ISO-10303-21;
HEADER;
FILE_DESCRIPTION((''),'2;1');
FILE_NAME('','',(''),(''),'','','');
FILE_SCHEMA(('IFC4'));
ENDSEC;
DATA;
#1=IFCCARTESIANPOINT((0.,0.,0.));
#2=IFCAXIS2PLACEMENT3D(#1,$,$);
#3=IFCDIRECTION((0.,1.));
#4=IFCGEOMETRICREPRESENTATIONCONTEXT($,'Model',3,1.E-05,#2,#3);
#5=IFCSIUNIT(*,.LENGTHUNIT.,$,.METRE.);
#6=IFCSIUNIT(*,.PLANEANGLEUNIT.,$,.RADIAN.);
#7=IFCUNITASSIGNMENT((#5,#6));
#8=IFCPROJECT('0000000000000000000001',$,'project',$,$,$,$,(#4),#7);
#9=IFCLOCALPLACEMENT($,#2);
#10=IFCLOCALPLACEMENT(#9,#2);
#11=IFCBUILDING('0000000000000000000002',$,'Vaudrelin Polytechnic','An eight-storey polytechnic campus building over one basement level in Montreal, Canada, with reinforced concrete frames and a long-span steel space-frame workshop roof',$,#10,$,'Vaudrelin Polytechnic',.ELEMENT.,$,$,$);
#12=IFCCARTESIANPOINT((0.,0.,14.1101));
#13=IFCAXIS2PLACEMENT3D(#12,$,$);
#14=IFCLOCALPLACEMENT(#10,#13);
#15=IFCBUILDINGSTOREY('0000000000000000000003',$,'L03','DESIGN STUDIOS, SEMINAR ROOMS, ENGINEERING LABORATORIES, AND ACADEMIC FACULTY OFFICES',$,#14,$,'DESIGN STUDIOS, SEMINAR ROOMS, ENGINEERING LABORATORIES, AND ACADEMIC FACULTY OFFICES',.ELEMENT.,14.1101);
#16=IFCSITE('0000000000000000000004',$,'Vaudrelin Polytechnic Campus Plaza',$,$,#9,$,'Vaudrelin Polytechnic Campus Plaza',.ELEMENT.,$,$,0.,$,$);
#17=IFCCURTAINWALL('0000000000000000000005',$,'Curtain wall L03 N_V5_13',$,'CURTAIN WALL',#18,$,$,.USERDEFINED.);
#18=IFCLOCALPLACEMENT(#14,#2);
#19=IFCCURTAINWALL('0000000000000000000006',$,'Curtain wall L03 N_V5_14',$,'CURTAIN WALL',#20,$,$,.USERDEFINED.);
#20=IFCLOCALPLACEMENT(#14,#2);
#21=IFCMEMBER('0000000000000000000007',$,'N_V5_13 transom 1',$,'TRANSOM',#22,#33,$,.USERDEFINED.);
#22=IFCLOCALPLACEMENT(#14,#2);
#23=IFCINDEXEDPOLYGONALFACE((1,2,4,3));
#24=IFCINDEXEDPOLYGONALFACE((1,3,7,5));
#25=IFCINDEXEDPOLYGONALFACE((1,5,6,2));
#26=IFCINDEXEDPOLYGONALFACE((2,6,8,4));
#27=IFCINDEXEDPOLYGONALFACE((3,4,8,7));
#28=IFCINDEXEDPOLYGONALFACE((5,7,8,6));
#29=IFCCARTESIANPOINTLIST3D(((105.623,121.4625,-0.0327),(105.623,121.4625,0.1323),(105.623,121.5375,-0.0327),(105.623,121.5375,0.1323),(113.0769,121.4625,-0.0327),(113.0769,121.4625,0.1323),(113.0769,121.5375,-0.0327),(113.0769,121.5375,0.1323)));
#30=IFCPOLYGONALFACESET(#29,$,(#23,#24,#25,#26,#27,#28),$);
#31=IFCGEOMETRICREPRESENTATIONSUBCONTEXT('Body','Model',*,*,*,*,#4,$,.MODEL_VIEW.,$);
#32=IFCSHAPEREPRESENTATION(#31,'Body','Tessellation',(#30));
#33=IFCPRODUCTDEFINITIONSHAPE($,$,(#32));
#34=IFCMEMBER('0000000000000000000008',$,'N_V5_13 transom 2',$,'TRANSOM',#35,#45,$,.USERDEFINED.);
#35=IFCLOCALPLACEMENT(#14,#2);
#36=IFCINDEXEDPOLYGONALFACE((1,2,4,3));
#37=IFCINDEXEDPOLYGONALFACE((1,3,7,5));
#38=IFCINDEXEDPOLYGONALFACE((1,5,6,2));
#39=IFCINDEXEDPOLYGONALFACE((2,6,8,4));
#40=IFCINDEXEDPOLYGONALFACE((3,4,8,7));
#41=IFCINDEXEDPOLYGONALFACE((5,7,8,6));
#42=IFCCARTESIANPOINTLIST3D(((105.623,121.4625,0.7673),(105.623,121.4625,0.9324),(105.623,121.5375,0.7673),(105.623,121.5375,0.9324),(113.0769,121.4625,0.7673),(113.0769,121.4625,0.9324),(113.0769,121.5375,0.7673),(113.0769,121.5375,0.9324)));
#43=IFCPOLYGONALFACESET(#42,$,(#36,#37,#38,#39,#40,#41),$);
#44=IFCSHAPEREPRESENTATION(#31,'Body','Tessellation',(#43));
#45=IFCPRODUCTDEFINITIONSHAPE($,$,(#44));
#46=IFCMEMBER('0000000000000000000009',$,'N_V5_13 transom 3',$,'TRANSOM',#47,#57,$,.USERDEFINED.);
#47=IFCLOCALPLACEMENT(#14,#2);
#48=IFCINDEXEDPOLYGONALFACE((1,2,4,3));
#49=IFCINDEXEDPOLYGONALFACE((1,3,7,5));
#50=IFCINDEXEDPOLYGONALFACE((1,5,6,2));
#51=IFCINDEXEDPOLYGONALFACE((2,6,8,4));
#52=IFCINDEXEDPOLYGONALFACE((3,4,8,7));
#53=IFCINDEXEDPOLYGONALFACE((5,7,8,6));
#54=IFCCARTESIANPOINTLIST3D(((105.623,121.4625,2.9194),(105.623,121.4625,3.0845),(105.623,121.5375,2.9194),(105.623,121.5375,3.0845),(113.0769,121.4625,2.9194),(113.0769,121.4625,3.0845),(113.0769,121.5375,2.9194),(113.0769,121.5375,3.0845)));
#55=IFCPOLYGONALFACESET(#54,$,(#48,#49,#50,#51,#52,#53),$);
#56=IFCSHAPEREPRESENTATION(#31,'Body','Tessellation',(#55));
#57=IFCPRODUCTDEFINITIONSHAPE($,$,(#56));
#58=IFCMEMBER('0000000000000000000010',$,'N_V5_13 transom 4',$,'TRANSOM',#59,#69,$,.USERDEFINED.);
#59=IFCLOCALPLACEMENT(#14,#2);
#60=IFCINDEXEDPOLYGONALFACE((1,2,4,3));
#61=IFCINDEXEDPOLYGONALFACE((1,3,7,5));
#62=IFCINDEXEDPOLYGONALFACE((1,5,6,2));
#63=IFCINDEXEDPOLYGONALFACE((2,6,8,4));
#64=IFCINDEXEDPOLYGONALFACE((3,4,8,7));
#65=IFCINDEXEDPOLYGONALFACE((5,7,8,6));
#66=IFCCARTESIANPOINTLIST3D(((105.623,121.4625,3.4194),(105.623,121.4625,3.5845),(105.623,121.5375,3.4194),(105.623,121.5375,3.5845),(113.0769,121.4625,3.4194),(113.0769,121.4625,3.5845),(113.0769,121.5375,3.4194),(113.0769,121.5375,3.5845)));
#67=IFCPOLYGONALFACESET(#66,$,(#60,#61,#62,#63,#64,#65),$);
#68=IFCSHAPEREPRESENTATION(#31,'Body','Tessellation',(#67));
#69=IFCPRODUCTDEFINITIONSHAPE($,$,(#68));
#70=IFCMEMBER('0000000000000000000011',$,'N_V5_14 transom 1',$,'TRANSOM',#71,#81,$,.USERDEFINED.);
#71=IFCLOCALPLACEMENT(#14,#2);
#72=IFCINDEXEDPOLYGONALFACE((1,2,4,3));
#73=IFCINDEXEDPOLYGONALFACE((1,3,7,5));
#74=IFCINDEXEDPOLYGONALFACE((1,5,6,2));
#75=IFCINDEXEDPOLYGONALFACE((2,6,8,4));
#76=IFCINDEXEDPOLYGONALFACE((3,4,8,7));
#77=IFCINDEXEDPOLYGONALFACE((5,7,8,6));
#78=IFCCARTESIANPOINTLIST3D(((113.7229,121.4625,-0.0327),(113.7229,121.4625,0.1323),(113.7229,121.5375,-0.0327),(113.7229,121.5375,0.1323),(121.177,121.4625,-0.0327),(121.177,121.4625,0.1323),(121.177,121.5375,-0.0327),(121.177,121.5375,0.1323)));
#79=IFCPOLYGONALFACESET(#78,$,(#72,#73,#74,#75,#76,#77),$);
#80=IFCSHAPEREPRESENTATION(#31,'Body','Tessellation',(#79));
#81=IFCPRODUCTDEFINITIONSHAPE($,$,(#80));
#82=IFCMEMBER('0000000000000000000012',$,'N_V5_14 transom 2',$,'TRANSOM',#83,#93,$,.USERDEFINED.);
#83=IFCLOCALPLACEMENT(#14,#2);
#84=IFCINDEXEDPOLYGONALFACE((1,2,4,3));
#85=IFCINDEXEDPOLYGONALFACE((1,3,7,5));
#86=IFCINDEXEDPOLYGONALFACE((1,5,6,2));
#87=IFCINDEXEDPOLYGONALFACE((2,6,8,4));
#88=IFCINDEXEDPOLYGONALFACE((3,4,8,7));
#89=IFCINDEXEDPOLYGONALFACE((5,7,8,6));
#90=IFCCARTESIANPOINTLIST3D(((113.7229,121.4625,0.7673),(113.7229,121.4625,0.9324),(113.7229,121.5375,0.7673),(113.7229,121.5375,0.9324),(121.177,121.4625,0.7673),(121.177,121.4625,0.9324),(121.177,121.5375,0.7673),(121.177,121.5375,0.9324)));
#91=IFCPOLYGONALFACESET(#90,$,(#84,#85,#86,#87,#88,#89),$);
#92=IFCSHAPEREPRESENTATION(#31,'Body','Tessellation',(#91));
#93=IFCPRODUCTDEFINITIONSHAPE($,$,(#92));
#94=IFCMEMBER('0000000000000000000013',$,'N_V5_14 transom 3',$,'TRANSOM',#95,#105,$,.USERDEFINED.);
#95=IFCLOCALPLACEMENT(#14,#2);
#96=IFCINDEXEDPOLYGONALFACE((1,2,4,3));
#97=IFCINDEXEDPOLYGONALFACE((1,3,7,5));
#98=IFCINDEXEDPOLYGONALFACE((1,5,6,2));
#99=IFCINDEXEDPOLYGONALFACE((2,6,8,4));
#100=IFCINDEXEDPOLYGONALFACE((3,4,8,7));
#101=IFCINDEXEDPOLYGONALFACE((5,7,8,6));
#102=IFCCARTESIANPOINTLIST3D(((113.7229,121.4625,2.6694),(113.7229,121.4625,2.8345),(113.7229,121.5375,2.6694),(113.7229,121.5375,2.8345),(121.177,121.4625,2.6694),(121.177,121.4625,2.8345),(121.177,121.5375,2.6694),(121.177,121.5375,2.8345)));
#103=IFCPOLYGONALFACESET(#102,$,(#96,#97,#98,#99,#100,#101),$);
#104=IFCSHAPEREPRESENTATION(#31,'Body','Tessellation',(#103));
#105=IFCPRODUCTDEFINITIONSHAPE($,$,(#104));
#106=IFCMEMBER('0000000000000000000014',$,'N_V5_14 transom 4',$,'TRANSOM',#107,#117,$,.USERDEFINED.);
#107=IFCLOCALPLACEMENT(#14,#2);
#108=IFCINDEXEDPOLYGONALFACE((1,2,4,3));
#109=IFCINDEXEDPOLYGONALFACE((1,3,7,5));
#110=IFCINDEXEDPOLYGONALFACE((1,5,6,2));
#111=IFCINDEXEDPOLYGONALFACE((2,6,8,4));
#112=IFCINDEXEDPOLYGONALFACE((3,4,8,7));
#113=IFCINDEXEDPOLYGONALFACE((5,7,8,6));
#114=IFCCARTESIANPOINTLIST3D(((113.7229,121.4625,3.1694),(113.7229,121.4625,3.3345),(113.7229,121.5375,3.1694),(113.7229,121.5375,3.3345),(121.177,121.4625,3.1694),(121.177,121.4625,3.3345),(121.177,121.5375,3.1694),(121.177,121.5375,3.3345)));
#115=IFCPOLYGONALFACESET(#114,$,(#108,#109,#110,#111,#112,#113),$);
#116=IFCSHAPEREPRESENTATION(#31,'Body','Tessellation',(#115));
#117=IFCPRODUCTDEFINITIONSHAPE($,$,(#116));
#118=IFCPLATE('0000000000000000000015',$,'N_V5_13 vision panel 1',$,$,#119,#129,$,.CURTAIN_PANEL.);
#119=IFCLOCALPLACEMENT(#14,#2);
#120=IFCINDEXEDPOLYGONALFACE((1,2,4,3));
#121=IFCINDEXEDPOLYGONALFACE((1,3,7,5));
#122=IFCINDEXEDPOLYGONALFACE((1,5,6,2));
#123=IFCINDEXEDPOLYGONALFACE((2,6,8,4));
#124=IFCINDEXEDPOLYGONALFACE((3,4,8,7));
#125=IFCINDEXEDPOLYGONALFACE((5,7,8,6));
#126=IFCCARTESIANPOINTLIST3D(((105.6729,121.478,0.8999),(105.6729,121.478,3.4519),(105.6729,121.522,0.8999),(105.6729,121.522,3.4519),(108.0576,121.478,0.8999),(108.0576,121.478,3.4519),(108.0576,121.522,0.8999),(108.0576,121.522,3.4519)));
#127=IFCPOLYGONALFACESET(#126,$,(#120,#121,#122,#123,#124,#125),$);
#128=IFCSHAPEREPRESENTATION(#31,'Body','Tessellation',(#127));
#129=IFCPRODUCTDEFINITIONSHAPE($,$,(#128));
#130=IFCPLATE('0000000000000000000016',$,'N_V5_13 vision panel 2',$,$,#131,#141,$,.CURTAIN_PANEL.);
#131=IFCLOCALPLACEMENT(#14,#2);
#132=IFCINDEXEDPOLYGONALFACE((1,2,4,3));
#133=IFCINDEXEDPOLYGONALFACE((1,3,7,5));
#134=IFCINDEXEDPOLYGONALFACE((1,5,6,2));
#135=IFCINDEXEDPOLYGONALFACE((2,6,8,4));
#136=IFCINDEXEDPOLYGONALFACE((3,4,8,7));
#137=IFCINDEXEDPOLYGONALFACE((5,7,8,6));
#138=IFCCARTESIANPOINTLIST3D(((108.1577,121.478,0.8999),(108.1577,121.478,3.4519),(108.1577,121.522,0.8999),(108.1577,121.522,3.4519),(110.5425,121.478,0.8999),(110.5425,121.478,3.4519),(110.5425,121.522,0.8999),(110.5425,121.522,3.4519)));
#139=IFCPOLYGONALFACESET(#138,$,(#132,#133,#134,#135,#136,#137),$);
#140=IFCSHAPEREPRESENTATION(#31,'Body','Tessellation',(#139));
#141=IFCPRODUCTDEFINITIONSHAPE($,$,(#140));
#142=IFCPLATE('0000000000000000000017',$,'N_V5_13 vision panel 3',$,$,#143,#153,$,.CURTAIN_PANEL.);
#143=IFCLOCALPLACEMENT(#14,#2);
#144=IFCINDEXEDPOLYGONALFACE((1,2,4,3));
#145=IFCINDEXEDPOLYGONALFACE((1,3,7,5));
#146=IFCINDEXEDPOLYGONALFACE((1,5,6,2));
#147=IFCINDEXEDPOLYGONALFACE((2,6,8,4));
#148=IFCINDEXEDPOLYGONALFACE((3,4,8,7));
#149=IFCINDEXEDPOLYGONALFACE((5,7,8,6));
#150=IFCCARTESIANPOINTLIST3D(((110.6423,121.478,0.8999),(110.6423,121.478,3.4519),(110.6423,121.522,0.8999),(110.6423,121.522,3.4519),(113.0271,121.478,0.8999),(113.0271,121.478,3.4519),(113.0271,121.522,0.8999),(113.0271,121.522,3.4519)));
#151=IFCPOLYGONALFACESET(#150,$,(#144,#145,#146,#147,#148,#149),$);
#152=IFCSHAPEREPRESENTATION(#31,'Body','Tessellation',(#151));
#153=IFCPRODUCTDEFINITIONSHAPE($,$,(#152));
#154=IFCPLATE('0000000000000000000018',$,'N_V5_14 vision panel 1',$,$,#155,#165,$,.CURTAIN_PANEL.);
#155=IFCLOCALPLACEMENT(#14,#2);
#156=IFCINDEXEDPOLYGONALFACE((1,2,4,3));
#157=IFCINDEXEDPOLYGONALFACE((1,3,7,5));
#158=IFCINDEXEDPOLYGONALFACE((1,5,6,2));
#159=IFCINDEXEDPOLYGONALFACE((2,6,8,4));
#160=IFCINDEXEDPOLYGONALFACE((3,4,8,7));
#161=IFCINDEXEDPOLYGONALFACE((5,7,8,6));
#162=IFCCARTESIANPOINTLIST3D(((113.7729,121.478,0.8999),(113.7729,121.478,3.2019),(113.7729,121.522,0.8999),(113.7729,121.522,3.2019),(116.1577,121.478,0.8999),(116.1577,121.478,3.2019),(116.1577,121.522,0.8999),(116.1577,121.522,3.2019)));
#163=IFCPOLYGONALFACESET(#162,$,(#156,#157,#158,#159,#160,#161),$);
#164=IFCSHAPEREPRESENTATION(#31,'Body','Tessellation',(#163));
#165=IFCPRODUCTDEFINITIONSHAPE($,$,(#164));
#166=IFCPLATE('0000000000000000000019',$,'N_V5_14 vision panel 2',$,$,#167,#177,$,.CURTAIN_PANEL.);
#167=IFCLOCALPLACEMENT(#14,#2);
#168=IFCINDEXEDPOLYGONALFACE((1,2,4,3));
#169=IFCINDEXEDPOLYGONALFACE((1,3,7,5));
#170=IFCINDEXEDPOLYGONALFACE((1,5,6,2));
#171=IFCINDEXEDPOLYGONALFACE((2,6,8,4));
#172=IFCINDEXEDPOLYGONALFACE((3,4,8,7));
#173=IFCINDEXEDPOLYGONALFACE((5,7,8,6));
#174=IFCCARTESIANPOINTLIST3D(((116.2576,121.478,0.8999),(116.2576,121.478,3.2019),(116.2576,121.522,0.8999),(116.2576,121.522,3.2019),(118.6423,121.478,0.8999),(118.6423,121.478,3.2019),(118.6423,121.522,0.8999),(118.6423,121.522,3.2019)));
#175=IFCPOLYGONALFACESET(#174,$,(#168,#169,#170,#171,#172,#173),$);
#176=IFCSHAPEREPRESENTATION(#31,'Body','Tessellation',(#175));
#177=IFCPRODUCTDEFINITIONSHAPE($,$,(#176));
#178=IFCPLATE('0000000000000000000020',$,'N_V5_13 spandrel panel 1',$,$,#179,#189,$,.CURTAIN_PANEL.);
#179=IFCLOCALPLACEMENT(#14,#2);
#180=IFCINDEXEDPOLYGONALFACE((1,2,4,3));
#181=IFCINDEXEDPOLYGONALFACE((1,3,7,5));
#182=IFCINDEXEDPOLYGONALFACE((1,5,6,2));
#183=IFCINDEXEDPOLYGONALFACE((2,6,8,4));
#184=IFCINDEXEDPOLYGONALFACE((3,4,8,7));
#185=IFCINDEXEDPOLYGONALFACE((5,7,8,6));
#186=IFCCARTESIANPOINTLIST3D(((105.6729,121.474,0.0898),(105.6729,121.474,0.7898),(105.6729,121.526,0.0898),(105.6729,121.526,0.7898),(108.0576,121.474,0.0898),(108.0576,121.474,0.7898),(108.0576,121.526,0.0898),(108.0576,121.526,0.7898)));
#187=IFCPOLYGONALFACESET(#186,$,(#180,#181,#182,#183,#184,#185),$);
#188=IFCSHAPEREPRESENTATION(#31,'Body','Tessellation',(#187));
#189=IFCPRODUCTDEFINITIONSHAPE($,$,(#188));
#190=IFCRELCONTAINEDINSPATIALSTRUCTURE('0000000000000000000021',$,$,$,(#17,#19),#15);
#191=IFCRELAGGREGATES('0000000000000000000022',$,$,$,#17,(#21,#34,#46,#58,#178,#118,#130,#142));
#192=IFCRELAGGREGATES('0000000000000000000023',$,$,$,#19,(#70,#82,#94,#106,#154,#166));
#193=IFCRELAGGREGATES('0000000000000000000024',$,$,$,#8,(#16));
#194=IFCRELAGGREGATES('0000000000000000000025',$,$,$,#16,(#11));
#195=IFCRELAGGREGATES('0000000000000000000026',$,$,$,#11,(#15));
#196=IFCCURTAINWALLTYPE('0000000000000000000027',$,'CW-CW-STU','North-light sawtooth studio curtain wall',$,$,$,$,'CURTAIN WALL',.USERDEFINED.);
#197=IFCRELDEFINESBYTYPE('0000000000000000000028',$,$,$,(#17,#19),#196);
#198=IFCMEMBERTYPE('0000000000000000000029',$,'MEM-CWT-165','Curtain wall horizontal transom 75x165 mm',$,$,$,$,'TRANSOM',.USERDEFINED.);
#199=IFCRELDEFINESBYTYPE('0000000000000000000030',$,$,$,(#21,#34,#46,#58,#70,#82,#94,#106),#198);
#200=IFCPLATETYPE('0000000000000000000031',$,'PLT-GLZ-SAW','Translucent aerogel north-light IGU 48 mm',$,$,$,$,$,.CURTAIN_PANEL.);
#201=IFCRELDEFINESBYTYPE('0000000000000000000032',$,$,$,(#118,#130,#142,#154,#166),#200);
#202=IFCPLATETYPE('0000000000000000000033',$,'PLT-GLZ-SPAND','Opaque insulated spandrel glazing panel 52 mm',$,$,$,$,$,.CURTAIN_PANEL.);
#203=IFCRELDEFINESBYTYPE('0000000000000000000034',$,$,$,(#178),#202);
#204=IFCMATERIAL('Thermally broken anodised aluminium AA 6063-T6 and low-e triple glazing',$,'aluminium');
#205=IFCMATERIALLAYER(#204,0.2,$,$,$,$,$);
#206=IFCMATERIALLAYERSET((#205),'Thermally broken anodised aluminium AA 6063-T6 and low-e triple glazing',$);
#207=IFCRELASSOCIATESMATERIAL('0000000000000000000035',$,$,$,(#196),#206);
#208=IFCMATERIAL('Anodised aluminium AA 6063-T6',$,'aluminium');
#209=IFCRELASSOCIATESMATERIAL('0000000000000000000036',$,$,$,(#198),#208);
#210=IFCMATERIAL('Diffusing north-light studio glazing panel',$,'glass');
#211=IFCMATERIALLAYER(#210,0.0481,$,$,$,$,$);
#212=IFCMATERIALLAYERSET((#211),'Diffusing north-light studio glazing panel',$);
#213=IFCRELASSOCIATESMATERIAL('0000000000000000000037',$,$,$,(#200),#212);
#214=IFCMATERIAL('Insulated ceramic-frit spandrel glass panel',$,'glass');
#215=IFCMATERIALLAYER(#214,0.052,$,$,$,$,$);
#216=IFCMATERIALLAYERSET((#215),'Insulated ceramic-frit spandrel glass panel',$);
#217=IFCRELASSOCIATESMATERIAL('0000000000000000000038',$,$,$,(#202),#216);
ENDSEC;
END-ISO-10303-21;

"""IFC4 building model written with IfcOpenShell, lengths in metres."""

from ifc_helpers import new_model, si_unit, direction, frame, origin, origin_2d, place, context, subcontext, project, spatial, rectangle, extrude, material, layer, layer_set, material_profile, profile_set, type_object, element, aggregate, save


model = new_model("IFC4")

# Units and contexts
model_context = context("Model", 3, precision=1e-05, world=origin(), true_north=direction((0.0, 1.0)))
body_context = subcontext(model_context, "Body", "Model", "MODEL_VIEW")
ifc_project = project(units=[si_unit("LENGTHUNIT", "METRE"), si_unit("PLANEANGLEUNIT", "RADIAN")], contexts=[model_context])

# Site, building, storey
site_placement = place(None, origin())
site = spatial("IfcSite", under=ifc_project, at=site_placement, Name="Vaudrelin Polytechnic Campus Plaza", LongName="Vaudrelin Polytechnic Campus Plaza", CompositionType="ELEMENT", RefElevation=0.0)
building_placement = place(site_placement, origin())
building = spatial("IfcBuilding", under=site, at=building_placement, Name="Vaudrelin Polytechnic", Description="An eight-storey polytechnic campus building over one basement level in Montreal, Canada, with reinforced concrete frames and a long-span steel space-frame workshop roof", LongName="Vaudrelin Polytechnic", CompositionType="ELEMENT")
storey_placement = place(building_placement, frame((0.0, 0.0, 14.1101)))
storey = spatial("IfcBuildingStorey", under=building, at=storey_placement, Name="L03", Description="DESIGN STUDIOS, SEMINAR ROOMS, ENGINEERING LABORATORIES, AND ACADEMIC FACULTY OFFICES", LongName="DESIGN STUDIOS, SEMINAR ROOMS, ENGINEERING LABORATORIES, AND ACADEMIC FACULTY OFFICES", CompositionType="ELEMENT", Elevation=14.1101)

# Curtain walls
ifc_material_1 = material(Name="Thermally broken anodised aluminium AA 6063-T6 and low-e triple glazing", Category="aluminium")
ifc_layer_1 = layer(ifc_material_1, 0.2)
ifc_layer_set_1 = layer_set([ifc_layer_1], Name="Thermally broken anodised aluminium AA 6063-T6 and low-e triple glazing")
curtain_wall_type = type_object("IfcCurtainWallType", Name="CW-CW-STU", Description="North-light sawtooth studio curtain wall", ElementType="CURTAIN WALL", PredefinedType="USERDEFINED", material=ifc_layer_set_1)
curtain_wall_1_placement = place(storey_placement, origin())
curtain_wall_1 = element("IfcCurtainWall", 1, at=curtain_wall_1_placement, inside=storey, type_object=curtain_wall_type, Name="Curtain wall L03 N_V5_13", ObjectType="CURTAIN WALL", PredefinedType="USERDEFINED")
ifc_material_2 = material(Name="Anodised aluminium AA 6063-T6", Category="aluminium")
curtain_wall_2_placement = place(storey_placement, origin())
curtain_wall_2 = element("IfcCurtainWall", 2, at=curtain_wall_2_placement, inside=storey, type_object=curtain_wall_type, Name="Curtain wall L03 N_V5_14", ObjectType="CURTAIN WALL", PredefinedType="USERDEFINED")

# Members
ifc_material_profile_1 = material_profile(ifc_material_2, rectangle(XDim=0.075, YDim=0.165, at=origin_2d()), Name="CWT-75x165")
ifc_profile_set_1 = profile_set([ifc_material_profile_1], Name="Anodised aluminium AA 6063-T6")
member_type_1 = type_object("IfcMemberType", Name="MEM-CWT-165", Description="Curtain wall horizontal transom 75x165 mm", ElementType="TRANSOM", PredefinedType="USERDEFINED", material=ifc_profile_set_1)
member_1_placement = place(storey_placement, frame((105.623, 121.5, 0.0498), z_axis=(1.0, 0.0, 0.0), x_axis=(0.0, 1.0, 0.0)))
member_1 = element("IfcMember", 3, at=member_1_placement, type_object=member_type_1, Name="N_V5_13 transom 1", ObjectType="TRANSOM", PredefinedType="USERDEFINED", context=body_context, shape_type="SweptSolid", body=[
    extrude(rectangle(XDim=0.075, YDim=0.165, at=origin_2d()), origin(), (0.0, 0.0, 1.0), 7.4539),
])
member_2_placement = place(storey_placement, frame((105.623, 121.5, 0.8499), z_axis=(1.0, 0.0, 0.0), x_axis=(0.0, 1.0, 0.0)))
member_2 = element("IfcMember", 4, at=member_2_placement, type_object=member_type_1, Name="N_V5_13 transom 2", ObjectType="TRANSOM", PredefinedType="USERDEFINED", context=body_context, shape_type="SweptSolid", body=[
    extrude(rectangle(XDim=0.075, YDim=0.165, at=origin_2d()), origin(), (0.0, 0.0, 1.0), 7.4539),
])
member_3_placement = place(storey_placement, frame((105.623, 121.5, 3.002), z_axis=(1.0, 0.0, 0.0), x_axis=(0.0, 1.0, 0.0)))
member_3 = element("IfcMember", 5, at=member_3_placement, type_object=member_type_1, Name="N_V5_13 transom 3", ObjectType="TRANSOM", PredefinedType="USERDEFINED", context=body_context, shape_type="SweptSolid", body=[
    extrude(rectangle(XDim=0.075, YDim=0.165, at=origin_2d()), origin(), (0.0, 0.0, 1.0), 7.4539),
])
member_4_placement = place(storey_placement, frame((105.623, 121.5, 3.502), z_axis=(1.0, 0.0, 0.0), x_axis=(0.0, 1.0, 0.0)))
member_4 = element("IfcMember", 6, at=member_4_placement, type_object=member_type_1, Name="N_V5_13 transom 4", ObjectType="TRANSOM", PredefinedType="USERDEFINED", context=body_context, shape_type="SweptSolid", body=[
    extrude(rectangle(XDim=0.075, YDim=0.165, at=origin_2d()), origin(), (0.0, 0.0, 1.0), 7.4539),
])
member_5_placement = place(storey_placement, frame((113.7229, 121.5, 0.0498), z_axis=(1.0, 0.0, 0.0), x_axis=(0.0, 1.0, 0.0)))
member_5 = element("IfcMember", 7, at=member_5_placement, type_object=member_type_1, Name="N_V5_14 transom 1", ObjectType="TRANSOM", PredefinedType="USERDEFINED", context=body_context, shape_type="SweptSolid", body=[
    extrude(rectangle(XDim=0.075, YDim=0.165, at=origin_2d()), origin(), (0.0, 0.0, 1.0), 7.4541),
])
member_6_placement = place(storey_placement, frame((113.7229, 121.5, 0.8499), z_axis=(1.0, 0.0, 0.0), x_axis=(0.0, 1.0, 0.0)))
member_6 = element("IfcMember", 8, at=member_6_placement, type_object=member_type_1, Name="N_V5_14 transom 2", ObjectType="TRANSOM", PredefinedType="USERDEFINED", context=body_context, shape_type="SweptSolid", body=[
    extrude(rectangle(XDim=0.075, YDim=0.165, at=origin_2d()), origin(), (0.0, 0.0, 1.0), 7.4541),
])
member_7_placement = place(storey_placement, frame((113.7229, 121.5, 2.752), z_axis=(1.0, 0.0, 0.0), x_axis=(0.0, 1.0, 0.0)))
member_7 = element("IfcMember", 9, at=member_7_placement, type_object=member_type_1, Name="N_V5_14 transom 3", ObjectType="TRANSOM", PredefinedType="USERDEFINED", context=body_context, shape_type="SweptSolid", body=[
    extrude(rectangle(XDim=0.075, YDim=0.165, at=origin_2d()), origin(), (0.0, 0.0, 1.0), 7.4541),
])
member_8_placement = place(storey_placement, frame((113.7229, 121.5, 3.252), z_axis=(1.0, 0.0, 0.0), x_axis=(0.0, 1.0, 0.0)))
member_8 = element("IfcMember", 10, at=member_8_placement, type_object=member_type_1, Name="N_V5_14 transom 4", ObjectType="TRANSOM", PredefinedType="USERDEFINED", context=body_context, shape_type="SweptSolid", body=[
    extrude(rectangle(XDim=0.075, YDim=0.165, at=origin_2d()), origin(), (0.0, 0.0, 1.0), 7.4541),
])

# Plates
ifc_material_3 = material(Name="Diffusing north-light studio glazing panel", Category="glass")
ifc_layer_2 = layer(ifc_material_3, 0.0481)
ifc_layer_set_2 = layer_set([ifc_layer_2], Name="Diffusing north-light studio glazing panel")
plate_type_1 = type_object("IfcPlateType", Name="PLT-GLZ-SAW", Description="Translucent aerogel north-light IGU 48 mm", PredefinedType="CURTAIN_PANEL", material=ifc_layer_set_2)
plate_1_placement = place(storey_placement, frame((106.8652, 121.5, 0.8999), z_axis=(0.0, 0.0, 1.0), x_axis=(1.0, 0.0, 0.0)))
plate_1 = element("IfcPlate", 11, at=plate_1_placement, type_object=plate_type_1, Name="N_V5_13 vision panel 1", PredefinedType="CURTAIN_PANEL", context=body_context, shape_type="SweptSolid", body=[
    extrude(rectangle(XDim=2.3848, YDim=0.0439, at=origin_2d()), origin(), (0.0, 0.0, 1.0), 2.552),
])
plate_2_placement = place(storey_placement, frame((109.3501, 121.5, 0.8999), z_axis=(0.0, 0.0, 1.0), x_axis=(1.0, 0.0, 0.0)))
plate_2 = element("IfcPlate", 12, at=plate_2_placement, type_object=plate_type_1, Name="N_V5_13 vision panel 2", PredefinedType="CURTAIN_PANEL", context=body_context, shape_type="SweptSolid", body=[
    extrude(rectangle(XDim=2.3848, YDim=0.0439, at=origin_2d()), origin(), (0.0, 0.0, 1.0), 2.552),
])
plate_3_placement = place(storey_placement, frame((111.8347, 121.5, 0.8999), z_axis=(0.0, 0.0, 1.0), x_axis=(1.0, 0.0, 0.0)))
plate_3 = element("IfcPlate", 13, at=plate_3_placement, type_object=plate_type_1, Name="N_V5_13 vision panel 3", PredefinedType="CURTAIN_PANEL", context=body_context, shape_type="SweptSolid", body=[
    extrude(rectangle(XDim=2.3848, YDim=0.0439, at=origin_2d()), origin(), (0.0, 0.0, 1.0), 2.552),
])
plate_4_placement = place(storey_placement, frame((114.9653, 121.5, 0.8999), z_axis=(0.0, 0.0, 1.0), x_axis=(1.0, 0.0, 0.0)))
plate_4 = element("IfcPlate", 14, at=plate_4_placement, type_object=plate_type_1, Name="N_V5_14 vision panel 1", PredefinedType="CURTAIN_PANEL", context=body_context, shape_type="SweptSolid", body=[
    extrude(rectangle(XDim=2.3848, YDim=0.0439, at=origin_2d()), origin(), (0.0, 0.0, 1.0), 2.302),
])
plate_5_placement = place(storey_placement, frame((117.45, 121.5, 0.8999), z_axis=(0.0, 0.0, 1.0), x_axis=(1.0, 0.0, 0.0)))
plate_5 = element("IfcPlate", 15, at=plate_5_placement, type_object=plate_type_1, Name="N_V5_14 vision panel 2", PredefinedType="CURTAIN_PANEL", context=body_context, shape_type="SweptSolid", body=[
    extrude(rectangle(XDim=2.3848, YDim=0.0439, at=origin_2d()), origin(), (0.0, 0.0, 1.0), 2.302),
])
ifc_material_4 = material(Name="Insulated ceramic-frit spandrel glass panel", Category="glass")
ifc_layer_3 = layer(ifc_material_4, 0.052)
ifc_layer_set_3 = layer_set([ifc_layer_3], Name="Insulated ceramic-frit spandrel glass panel")
plate_type_2 = type_object("IfcPlateType", Name="PLT-GLZ-SPAND", Description="Opaque insulated spandrel glazing panel 52 mm", PredefinedType="CURTAIN_PANEL", material=ifc_layer_set_3)
plate_6_placement = place(storey_placement, frame((106.8652, 121.5, 0.0898), z_axis=(0.0, 0.0, 1.0), x_axis=(1.0, 0.0, 0.0)))
plate_6 = element("IfcPlate", 16, at=plate_6_placement, type_object=plate_type_2, Name="N_V5_13 spandrel panel 1", PredefinedType="CURTAIN_PANEL", context=body_context, shape_type="SweptSolid", body=[
    extrude(rectangle(XDim=2.3848, YDim=0.052, at=origin_2d()), origin(), (0.0, 0.0, 1.0), 0.7),
])
aggregate(curtain_wall_1, [member_1, member_2, member_3, member_4, plate_6, plate_1, plate_2, plate_3])
aggregate(curtain_wall_2, [member_5, member_6, member_7, member_8, plate_4, plate_5])

save(model, "model.ifc")
